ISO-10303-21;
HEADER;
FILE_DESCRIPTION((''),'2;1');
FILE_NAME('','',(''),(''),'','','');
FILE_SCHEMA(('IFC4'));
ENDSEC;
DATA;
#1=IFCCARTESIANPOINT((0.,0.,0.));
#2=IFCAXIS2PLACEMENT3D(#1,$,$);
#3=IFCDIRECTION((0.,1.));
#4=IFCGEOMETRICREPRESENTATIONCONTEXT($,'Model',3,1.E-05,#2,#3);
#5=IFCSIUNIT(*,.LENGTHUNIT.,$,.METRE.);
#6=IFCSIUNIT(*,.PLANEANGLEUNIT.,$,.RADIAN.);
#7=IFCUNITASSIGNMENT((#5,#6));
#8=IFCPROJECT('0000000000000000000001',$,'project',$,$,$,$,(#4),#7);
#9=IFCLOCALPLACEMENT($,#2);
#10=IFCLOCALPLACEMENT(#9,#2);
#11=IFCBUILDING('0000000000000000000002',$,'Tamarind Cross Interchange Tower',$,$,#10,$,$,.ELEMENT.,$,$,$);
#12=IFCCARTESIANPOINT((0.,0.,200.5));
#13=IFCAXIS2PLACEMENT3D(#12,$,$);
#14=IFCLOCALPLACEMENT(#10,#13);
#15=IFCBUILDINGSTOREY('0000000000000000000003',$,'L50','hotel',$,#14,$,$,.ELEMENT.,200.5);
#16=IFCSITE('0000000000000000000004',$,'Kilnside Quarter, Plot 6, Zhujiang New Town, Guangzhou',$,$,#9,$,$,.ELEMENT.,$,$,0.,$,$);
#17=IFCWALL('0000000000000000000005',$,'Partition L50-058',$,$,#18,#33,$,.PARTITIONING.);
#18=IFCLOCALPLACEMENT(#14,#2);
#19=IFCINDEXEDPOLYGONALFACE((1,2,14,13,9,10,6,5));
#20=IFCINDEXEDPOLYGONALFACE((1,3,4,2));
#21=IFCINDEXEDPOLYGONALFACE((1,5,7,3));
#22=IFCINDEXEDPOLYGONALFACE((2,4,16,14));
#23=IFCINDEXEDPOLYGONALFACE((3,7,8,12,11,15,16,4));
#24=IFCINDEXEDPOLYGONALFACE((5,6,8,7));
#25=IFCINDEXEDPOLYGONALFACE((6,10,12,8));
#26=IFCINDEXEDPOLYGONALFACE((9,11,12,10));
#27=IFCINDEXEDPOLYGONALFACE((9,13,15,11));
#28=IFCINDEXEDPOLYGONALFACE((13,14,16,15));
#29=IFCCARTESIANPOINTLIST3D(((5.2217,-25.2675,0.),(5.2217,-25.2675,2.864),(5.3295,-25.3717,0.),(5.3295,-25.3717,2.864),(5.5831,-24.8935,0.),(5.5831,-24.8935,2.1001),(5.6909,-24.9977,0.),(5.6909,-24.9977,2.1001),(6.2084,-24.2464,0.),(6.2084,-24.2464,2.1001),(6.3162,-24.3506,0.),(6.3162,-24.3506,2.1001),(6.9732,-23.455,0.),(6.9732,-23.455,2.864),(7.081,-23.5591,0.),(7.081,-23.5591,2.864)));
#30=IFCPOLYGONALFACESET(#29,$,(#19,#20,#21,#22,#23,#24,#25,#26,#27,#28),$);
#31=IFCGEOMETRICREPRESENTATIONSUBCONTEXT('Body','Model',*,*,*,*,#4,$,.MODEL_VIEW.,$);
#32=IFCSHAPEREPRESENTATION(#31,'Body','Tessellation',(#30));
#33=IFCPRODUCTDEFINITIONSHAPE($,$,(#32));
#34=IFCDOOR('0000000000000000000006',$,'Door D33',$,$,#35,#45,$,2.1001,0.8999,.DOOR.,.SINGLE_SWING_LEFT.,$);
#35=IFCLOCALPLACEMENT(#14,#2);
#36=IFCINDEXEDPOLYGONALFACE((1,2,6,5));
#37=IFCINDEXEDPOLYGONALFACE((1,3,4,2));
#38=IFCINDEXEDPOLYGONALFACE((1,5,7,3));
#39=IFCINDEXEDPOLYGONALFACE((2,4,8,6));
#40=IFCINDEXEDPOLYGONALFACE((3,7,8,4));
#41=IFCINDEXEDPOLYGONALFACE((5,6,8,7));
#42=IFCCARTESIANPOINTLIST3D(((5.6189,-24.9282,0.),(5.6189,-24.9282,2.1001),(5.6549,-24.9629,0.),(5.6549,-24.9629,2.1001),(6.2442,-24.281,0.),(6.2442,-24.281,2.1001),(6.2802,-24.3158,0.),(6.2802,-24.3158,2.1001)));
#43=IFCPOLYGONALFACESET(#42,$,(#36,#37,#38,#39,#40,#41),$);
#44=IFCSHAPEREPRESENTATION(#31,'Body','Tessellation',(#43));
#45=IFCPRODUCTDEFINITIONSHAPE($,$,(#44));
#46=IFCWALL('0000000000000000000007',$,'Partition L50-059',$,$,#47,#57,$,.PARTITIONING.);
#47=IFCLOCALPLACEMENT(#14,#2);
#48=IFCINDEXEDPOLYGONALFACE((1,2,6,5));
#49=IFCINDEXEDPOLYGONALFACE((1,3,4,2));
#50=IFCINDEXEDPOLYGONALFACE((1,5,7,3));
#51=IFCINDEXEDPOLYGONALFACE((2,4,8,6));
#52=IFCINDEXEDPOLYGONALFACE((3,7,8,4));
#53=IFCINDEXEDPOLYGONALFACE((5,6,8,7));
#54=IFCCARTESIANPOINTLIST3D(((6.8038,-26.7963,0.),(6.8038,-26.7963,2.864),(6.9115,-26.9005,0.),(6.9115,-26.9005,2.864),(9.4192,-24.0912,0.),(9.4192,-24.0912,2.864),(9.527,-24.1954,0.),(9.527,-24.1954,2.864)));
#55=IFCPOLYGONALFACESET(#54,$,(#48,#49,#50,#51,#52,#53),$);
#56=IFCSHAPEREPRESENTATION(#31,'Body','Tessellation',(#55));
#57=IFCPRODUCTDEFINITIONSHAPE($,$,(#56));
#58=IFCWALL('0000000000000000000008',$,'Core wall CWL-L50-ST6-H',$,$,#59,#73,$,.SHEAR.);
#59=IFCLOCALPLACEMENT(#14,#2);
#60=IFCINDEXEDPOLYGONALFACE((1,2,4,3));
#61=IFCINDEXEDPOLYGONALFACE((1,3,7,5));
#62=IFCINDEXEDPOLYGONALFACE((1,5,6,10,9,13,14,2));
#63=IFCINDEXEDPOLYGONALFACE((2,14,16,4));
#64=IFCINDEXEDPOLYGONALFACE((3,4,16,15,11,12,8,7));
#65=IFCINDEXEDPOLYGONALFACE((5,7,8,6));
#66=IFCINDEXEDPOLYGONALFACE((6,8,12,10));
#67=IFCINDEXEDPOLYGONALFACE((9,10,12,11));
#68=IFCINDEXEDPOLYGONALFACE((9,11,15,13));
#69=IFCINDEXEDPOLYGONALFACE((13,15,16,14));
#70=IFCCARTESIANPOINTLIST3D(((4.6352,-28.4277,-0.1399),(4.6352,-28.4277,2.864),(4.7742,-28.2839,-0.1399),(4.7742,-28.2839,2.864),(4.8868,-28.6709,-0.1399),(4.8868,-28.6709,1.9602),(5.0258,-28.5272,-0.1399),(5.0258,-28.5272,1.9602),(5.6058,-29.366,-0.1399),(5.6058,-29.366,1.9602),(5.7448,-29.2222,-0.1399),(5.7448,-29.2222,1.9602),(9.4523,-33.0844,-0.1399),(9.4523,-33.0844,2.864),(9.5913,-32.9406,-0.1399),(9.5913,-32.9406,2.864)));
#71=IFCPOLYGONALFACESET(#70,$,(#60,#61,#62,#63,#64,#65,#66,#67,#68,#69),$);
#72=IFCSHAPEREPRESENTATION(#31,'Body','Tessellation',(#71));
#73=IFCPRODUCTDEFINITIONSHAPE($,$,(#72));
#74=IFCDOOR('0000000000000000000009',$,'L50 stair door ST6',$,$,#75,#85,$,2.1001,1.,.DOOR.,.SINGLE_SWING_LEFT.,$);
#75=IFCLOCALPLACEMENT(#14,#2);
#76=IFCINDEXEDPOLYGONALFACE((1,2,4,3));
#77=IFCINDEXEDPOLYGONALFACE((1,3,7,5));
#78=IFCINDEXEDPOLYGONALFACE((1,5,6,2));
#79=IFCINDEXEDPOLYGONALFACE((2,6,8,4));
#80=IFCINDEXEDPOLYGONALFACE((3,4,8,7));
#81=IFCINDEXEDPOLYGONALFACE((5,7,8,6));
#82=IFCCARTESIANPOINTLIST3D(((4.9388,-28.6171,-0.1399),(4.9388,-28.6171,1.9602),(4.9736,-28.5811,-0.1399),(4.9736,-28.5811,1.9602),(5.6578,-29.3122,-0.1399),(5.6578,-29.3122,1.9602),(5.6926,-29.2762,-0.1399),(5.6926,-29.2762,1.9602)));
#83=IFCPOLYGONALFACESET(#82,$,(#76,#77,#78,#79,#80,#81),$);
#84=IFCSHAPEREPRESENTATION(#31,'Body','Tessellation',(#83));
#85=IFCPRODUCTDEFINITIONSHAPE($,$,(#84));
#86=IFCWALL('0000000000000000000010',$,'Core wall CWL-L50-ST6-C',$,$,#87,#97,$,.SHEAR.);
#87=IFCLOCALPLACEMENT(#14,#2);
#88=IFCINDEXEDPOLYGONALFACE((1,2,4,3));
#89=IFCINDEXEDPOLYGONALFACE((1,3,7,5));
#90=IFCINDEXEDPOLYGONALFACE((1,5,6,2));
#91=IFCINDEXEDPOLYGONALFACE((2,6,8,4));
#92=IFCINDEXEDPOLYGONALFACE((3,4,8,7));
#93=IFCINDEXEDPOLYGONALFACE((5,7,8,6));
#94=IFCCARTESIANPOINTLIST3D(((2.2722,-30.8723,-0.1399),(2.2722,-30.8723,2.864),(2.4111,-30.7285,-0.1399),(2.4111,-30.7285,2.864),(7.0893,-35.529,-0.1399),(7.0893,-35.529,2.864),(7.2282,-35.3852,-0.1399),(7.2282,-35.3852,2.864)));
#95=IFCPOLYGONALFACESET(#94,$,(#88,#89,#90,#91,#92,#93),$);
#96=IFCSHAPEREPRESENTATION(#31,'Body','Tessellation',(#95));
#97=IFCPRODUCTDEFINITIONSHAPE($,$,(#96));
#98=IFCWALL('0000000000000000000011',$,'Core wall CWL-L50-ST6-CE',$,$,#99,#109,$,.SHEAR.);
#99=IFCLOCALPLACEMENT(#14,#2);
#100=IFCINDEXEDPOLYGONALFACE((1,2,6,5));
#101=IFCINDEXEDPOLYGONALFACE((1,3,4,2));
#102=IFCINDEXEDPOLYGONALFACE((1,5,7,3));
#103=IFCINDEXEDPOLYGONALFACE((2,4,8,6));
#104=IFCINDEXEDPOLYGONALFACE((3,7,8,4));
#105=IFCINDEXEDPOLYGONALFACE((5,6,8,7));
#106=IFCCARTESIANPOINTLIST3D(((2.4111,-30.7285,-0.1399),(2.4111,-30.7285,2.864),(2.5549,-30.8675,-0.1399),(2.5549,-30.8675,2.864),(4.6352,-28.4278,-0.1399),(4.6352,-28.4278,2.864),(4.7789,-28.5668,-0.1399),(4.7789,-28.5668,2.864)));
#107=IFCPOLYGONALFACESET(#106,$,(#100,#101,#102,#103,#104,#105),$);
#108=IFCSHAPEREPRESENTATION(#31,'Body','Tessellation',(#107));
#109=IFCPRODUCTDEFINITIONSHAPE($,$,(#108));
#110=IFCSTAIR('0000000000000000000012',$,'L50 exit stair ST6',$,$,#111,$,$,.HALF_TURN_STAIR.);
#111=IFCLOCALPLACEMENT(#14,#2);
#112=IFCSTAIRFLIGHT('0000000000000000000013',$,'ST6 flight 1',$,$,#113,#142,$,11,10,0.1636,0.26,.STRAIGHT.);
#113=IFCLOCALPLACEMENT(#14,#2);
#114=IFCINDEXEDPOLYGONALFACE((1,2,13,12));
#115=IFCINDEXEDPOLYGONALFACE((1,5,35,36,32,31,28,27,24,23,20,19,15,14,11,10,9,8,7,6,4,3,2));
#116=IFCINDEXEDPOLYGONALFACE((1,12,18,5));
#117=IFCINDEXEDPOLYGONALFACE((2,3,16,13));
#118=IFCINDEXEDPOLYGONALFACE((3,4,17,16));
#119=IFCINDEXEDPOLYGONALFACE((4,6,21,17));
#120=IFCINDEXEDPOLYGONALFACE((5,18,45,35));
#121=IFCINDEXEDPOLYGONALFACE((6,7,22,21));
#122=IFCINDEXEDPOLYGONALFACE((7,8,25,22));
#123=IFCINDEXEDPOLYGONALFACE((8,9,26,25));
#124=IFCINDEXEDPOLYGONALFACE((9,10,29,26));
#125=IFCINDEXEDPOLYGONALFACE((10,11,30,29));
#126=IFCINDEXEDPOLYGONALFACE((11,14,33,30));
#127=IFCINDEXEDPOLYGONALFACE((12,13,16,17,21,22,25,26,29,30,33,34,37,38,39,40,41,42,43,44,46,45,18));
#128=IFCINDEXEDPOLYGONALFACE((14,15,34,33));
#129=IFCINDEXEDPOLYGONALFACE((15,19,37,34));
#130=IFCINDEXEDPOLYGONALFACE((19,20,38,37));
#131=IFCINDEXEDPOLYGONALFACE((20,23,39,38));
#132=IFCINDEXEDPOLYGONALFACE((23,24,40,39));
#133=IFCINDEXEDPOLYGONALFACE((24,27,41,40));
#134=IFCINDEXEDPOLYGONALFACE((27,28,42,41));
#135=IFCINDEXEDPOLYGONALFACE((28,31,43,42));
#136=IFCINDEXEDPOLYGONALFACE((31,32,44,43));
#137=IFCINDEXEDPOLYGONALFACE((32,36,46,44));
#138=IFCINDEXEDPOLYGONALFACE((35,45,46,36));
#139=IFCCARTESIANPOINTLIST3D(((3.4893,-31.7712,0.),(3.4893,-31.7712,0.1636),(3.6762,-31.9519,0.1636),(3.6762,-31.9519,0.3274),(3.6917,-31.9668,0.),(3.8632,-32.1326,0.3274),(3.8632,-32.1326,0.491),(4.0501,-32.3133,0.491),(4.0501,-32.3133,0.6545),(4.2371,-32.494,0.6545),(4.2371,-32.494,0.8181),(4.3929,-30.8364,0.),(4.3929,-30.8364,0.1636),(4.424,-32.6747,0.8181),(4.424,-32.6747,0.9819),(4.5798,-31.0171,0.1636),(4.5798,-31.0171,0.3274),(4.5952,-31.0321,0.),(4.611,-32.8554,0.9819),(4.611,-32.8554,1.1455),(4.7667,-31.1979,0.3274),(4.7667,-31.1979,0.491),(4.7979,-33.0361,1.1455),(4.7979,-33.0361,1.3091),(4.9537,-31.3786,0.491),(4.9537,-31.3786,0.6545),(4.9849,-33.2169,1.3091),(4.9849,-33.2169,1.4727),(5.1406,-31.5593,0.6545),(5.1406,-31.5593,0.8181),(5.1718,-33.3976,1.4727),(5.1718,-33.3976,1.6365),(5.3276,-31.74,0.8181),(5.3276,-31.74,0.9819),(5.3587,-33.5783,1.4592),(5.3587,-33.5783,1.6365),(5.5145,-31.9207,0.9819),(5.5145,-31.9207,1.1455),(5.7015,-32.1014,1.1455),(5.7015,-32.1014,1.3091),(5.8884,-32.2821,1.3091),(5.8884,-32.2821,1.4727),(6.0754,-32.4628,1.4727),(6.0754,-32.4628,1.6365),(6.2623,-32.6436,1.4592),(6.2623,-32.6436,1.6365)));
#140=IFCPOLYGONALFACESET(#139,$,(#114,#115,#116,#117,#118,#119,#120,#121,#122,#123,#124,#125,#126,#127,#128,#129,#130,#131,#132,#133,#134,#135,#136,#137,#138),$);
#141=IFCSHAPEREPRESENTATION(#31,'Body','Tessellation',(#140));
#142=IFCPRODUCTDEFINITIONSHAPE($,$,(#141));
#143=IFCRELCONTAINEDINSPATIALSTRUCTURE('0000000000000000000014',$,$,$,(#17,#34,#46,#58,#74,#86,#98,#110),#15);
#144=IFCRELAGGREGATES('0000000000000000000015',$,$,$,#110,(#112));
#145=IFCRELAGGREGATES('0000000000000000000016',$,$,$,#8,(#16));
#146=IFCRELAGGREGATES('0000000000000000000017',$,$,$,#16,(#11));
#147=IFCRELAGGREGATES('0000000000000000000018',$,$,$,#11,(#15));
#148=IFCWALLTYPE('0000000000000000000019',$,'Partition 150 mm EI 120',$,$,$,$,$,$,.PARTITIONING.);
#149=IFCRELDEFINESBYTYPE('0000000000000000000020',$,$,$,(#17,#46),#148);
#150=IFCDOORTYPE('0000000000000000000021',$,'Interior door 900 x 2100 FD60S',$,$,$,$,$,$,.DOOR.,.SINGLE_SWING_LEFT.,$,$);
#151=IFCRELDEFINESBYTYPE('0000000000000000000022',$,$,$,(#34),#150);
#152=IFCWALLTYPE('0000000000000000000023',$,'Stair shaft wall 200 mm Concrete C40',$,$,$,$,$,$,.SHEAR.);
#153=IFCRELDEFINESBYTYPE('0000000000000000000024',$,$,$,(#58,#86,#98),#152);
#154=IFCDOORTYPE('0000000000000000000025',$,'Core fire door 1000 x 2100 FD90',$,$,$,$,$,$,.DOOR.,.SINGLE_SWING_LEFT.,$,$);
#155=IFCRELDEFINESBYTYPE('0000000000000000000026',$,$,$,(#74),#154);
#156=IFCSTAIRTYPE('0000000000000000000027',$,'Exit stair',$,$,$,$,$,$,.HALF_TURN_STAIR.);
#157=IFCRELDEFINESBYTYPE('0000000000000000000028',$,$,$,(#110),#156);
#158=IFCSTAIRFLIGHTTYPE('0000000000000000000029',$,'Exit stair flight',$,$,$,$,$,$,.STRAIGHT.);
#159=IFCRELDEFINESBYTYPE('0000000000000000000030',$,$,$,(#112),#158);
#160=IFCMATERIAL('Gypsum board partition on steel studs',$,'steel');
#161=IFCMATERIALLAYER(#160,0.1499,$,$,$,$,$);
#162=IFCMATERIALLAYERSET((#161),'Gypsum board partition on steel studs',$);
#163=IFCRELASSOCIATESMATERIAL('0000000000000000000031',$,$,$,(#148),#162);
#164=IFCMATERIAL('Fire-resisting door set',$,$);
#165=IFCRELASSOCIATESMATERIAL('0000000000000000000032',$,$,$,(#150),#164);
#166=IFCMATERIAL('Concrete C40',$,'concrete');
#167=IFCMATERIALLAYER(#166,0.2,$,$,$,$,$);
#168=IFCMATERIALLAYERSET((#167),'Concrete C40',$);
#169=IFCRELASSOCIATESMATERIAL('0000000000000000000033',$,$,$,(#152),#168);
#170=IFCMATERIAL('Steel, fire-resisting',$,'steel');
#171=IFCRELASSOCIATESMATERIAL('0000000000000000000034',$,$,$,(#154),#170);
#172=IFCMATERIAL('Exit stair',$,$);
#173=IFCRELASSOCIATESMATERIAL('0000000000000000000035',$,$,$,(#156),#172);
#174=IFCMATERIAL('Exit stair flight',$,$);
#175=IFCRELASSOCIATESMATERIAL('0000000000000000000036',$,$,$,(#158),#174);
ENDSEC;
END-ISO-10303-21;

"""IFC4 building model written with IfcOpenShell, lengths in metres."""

from ifc_helpers import new_model, si_unit, direction, frame, frame_2d, origin, place, context, subcontext, project, spatial, polyline, rectangle, outline, extrude, material, layer, layer_set, type_object, element, fill, aggregate, save


model = new_model("IFC4")

# Units and contexts
model_context = context("Model", 3, precision=1e-05, world=origin(), true_north=direction((0.0, 1.0)))
body_context = subcontext(model_context, "Body", "Model", "MODEL_VIEW")
ifc_project = project(units=[si_unit("LENGTHUNIT", "METRE"), si_unit("PLANEANGLEUNIT", "RADIAN")], contexts=[model_context])

# Site, building, storey
site_placement = place(None, origin())
site = spatial("IfcSite", under=ifc_project, at=site_placement, Name="Kilnside Quarter, Plot 6, Zhujiang New Town, Guangzhou", CompositionType="ELEMENT", RefElevation=0.0)
building_placement = place(site_placement, origin())
building = spatial("IfcBuilding", under=site, at=building_placement, Name="Tamarind Cross Interchange Tower", CompositionType="ELEMENT")
storey_placement = place(building_placement, frame((0.0, 0.0, 200.5)))
storey = spatial("IfcBuildingStorey", under=building, at=storey_placement, Name="L50", Description="hotel", CompositionType="ELEMENT", Elevation=200.5)

# Shared definitions
ifc_material_1 = material(Name="Gypsum board partition on steel studs", Category="steel")
ifc_layer_1 = layer(ifc_material_1, 0.1499)
ifc_layer_set_1 = layer_set([ifc_layer_1], Name="Gypsum board partition on steel studs")
wall_type_1 = type_object("IfcWallType", Name="Partition 150 mm EI 120", PredefinedType="PARTITIONING", material=ifc_layer_set_1)
ifc_material_2 = material(Name="Fire-resisting door set")
door_type_1 = type_object("IfcDoorType", Name="Interior door 900 x 2100 FD60S", OperationType="SINGLE_SWING_LEFT", PredefinedType="DOOR", material=ifc_material_2)

# Wall, opening, door
wall_1_placement = place(storey_placement, frame((5.2756, -25.3196, 0.0), z_axis=(0.0, 0.0, 1.0), x_axis=(0.694895, 0.719111, 0.0)))
wall_1 = element("IfcWall", 1, at=wall_1_placement, inside=storey, type_object=wall_type_1, Name="Partition L50-058", PredefinedType="PARTITIONING", context=body_context, shape_type="SweptSolid", body=[
    extrude(rectangle(XDim=2.5205, YDim=0.1499, at=frame_2d((1.2603, 0.0))), origin(), (0.0, 0.0, 1.0), 2.864),
])
opening_1_placement = place(wall_1_placement, frame((0.52, 0.0, 0.0)))
opening_1 = element("IfcOpeningElement", 2, at=opening_1_placement, cuts=wall_1, PredefinedType="OPENING", context=body_context, shape_type="SweptSolid", body=[
    extrude(rectangle(XDim=0.8999, YDim=2.1001, at=frame_2d((0.45, 1.05))), frame((0.0, 0.085, 0.0), z_axis=(0.0, -1.0, 0.0), x_axis=(1.0, 0.0, 0.0)), (0.0, 0.0, 1.0), 0.1699),
])
door_1_placement = place(opening_1_placement, frame((0.8999, 0.0, 0.0), z_axis=(0.0, 0.0, 1.0), x_axis=(-1.0, 0.0, 0.0)))
door_1 = element("IfcDoor", 3, at=door_1_placement, inside=storey, type_object=door_type_1, Name="Door D33", OperationType="SINGLE_SWING_LEFT", OverallHeight=2.1001, OverallWidth=0.8999, PredefinedType="DOOR", context=body_context, shape_type="SweptSolid", body=[
    extrude(rectangle(XDim=0.8999, YDim=2.1001, at=frame_2d((0.45, 1.05))), frame((0.0, 0.0249, 0.0), z_axis=(0.0, -1.0, 0.0), x_axis=(1.0, 0.0, 0.0)), (0.0, 0.0, 1.0), 0.05),
])
fill(opening_1, door_1)

# Wall
wall_2_placement = place(storey_placement, frame((6.8577, -26.8484, 0.0), z_axis=(0.0, 0.0, 1.0), x_axis=(0.6951, 0.718913, 0.0)))
element("IfcWall", 4, at=wall_2_placement, inside=storey, type_object=wall_type_1, Name="Partition L50-059", PredefinedType="PARTITIONING", context=body_context, shape_type="SweptSolid", body=[
    extrude(rectangle(XDim=3.7627, YDim=0.1499, at=frame_2d((1.8813, 0.0))), origin(), (0.0, 0.0, 1.0), 2.864),
])

# Wall, opening, door
ifc_material_3 = material(Name="Concrete C40", Category="concrete")
ifc_layer_2 = layer(ifc_material_3, 0.2)
ifc_layer_set_2 = layer_set([ifc_layer_2], Name="Concrete C40")
wall_type_2 = type_object("IfcWallType", Name="Stair shaft wall 200 mm Concrete C40", PredefinedType="SHEAR", material=ifc_layer_set_2)
wall_3_placement = place(storey_placement, frame((4.7046, -28.3557, -0.1399), z_axis=(0.0, 0.0, 1.0), x_axis=(0.718976, -0.695035, 0.0)))
wall_3 = element("IfcWall", 5, at=wall_3_placement, inside=storey, type_object=wall_type_2, Name="Core wall CWL-L50-ST6-H", PredefinedType="SHEAR", context=body_context, shape_type="SweptSolid", body=[
    extrude(rectangle(XDim=6.7, YDim=0.2, at=frame_2d((3.3501, 0.0))), origin(), (0.0, 0.0, 1.0), 3.0039),
])
opening_2_placement = place(wall_3_placement, frame((0.3501, 0.0, 0.0)))
opening_2 = element("IfcOpeningElement", 6, at=opening_2_placement, cuts=wall_3, PredefinedType="OPENING", context=body_context, shape_type="SweptSolid", body=[
    extrude(rectangle(XDim=1.0, YDim=2.1001, at=frame_2d((0.5, 1.05))), frame((0.0, 0.1099, 0.0), z_axis=(0.0, -1.0, 0.0), x_axis=(1.0, 0.0, 0.0)), (0.0, 0.0, 1.0), 0.22),
])
ifc_material_4 = material(Name="Steel, fire-resisting", Category="steel")
door_type_2 = type_object("IfcDoorType", Name="Core fire door 1000 x 2100 FD90", OperationType="SINGLE_SWING_LEFT", PredefinedType="DOOR", material=ifc_material_4)
door_2_placement = place(opening_2_placement, origin())
door_2 = element("IfcDoor", 7, at=door_2_placement, inside=storey, type_object=door_type_2, Name="L50 stair door ST6", OperationType="SINGLE_SWING_LEFT", OverallHeight=2.1001, OverallWidth=1.0, PredefinedType="DOOR", context=body_context, shape_type="SweptSolid", body=[
    extrude(rectangle(XDim=1.0, YDim=2.1001, at=frame_2d((0.5, 1.05))), frame((0.0, 0.0249, 0.0), z_axis=(0.0, -1.0, 0.0), x_axis=(1.0, 0.0, 0.0)), (0.0, 0.0, 1.0), 0.05),
])
fill(opening_2, door_2)

# Walls
wall_4_placement = place(storey_placement, frame((2.3416, -30.8003, -0.1399), z_axis=(0.0, 0.0, 1.0), x_axis=(0.718976, -0.695035, 0.0)))
element("IfcWall", 8, at=wall_4_placement, inside=storey, type_object=wall_type_2, Name="Core wall CWL-L50-ST6-C", PredefinedType="SHEAR", context=body_context, shape_type="SweptSolid", body=[
    extrude(rectangle(XDim=6.7, YDim=0.2, at=frame_2d((3.3501, 0.0))), origin(), (0.0, 0.0, 1.0), 3.0039),
])
wall_5_placement = place(storey_placement, frame((2.4829, -30.7981, -0.1399), z_axis=(0.0, 0.0, 1.0), x_axis=(0.695027, 0.718983, 0.0)))
element("IfcWall", 9, at=wall_5_placement, inside=storey, type_object=wall_type_2, Name="Core wall CWL-L50-ST6-CE", PredefinedType="SHEAR", context=body_context, shape_type="SweptSolid", body=[
    extrude(rectangle(XDim=3.2, YDim=0.2, at=frame_2d((1.6001, 0.0))), origin(), (0.0, 0.0, 1.0), 3.0039),
])

# Stair, stair flight
ifc_material_5 = material(Name="Exit stair")
stair_type = type_object("IfcStairType", Name="Exit stair", PredefinedType="HALF_TURN_STAIR", material=ifc_material_5)
stair_placement = place(storey_placement, origin())
stair = element("IfcStair", 10, at=stair_placement, inside=storey, type_object=stair_type, Name="L50 exit stair ST6", PredefinedType="HALF_TURN_STAIR")
ifc_material_6 = material(Name="Exit stair flight")
stair_flight_type = type_object("IfcStairFlightType", Name="Exit stair flight", PredefinedType="STRAIGHT", material=ifc_material_6)
stair_flight_placement = place(storey_placement, frame((3.9412, -31.3037, 0.0), z_axis=(0.0, 0.0, 1.0), x_axis=(0.718991, -0.69502, 0.0)))
stair_flight = element("IfcStairFlight", 11, at=stair_flight_placement, type_object=stair_flight_type, Name="ST6 flight 1", NumberOfRisers=11, NumberOfTreads=10, PredefinedType="STRAIGHT", RiserHeight=0.1636, TreadLength=0.26, context=body_context, shape_type="SweptSolid", body=[
    extrude(outline(polyline([(0.0, 0.0), (0.0, 0.1636), (0.26, 0.1636), (0.26, 0.3274), (0.52, 0.3274), (0.52, 0.491), (0.78, 0.491), (0.78, 0.6545), (1.04, 0.6545), (1.04, 0.8181), (1.3, 0.8181), (1.3, 0.9819), (1.5601, 0.9819), (1.5601, 1.1455), (1.8201, 1.1455), (1.8201, 1.3091), (2.0801, 1.3091), (2.0801, 1.4727), (2.3401, 1.4727), (2.3401, 1.6365), (2.6001, 1.6365), (2.6001, 1.8), (2.6001, 1.4592), (0.2815, 0.0), (0.0, 0.0)])), frame((0.0, 0.6499, 0.0), z_axis=(0.0, -1.0, 0.0), x_axis=(1.0, 0.0, 0.0)), (0.0, 0.0, 1.0), 1.3),
])
aggregate(stair, [stair_flight])

save(model, "model.ifc")
